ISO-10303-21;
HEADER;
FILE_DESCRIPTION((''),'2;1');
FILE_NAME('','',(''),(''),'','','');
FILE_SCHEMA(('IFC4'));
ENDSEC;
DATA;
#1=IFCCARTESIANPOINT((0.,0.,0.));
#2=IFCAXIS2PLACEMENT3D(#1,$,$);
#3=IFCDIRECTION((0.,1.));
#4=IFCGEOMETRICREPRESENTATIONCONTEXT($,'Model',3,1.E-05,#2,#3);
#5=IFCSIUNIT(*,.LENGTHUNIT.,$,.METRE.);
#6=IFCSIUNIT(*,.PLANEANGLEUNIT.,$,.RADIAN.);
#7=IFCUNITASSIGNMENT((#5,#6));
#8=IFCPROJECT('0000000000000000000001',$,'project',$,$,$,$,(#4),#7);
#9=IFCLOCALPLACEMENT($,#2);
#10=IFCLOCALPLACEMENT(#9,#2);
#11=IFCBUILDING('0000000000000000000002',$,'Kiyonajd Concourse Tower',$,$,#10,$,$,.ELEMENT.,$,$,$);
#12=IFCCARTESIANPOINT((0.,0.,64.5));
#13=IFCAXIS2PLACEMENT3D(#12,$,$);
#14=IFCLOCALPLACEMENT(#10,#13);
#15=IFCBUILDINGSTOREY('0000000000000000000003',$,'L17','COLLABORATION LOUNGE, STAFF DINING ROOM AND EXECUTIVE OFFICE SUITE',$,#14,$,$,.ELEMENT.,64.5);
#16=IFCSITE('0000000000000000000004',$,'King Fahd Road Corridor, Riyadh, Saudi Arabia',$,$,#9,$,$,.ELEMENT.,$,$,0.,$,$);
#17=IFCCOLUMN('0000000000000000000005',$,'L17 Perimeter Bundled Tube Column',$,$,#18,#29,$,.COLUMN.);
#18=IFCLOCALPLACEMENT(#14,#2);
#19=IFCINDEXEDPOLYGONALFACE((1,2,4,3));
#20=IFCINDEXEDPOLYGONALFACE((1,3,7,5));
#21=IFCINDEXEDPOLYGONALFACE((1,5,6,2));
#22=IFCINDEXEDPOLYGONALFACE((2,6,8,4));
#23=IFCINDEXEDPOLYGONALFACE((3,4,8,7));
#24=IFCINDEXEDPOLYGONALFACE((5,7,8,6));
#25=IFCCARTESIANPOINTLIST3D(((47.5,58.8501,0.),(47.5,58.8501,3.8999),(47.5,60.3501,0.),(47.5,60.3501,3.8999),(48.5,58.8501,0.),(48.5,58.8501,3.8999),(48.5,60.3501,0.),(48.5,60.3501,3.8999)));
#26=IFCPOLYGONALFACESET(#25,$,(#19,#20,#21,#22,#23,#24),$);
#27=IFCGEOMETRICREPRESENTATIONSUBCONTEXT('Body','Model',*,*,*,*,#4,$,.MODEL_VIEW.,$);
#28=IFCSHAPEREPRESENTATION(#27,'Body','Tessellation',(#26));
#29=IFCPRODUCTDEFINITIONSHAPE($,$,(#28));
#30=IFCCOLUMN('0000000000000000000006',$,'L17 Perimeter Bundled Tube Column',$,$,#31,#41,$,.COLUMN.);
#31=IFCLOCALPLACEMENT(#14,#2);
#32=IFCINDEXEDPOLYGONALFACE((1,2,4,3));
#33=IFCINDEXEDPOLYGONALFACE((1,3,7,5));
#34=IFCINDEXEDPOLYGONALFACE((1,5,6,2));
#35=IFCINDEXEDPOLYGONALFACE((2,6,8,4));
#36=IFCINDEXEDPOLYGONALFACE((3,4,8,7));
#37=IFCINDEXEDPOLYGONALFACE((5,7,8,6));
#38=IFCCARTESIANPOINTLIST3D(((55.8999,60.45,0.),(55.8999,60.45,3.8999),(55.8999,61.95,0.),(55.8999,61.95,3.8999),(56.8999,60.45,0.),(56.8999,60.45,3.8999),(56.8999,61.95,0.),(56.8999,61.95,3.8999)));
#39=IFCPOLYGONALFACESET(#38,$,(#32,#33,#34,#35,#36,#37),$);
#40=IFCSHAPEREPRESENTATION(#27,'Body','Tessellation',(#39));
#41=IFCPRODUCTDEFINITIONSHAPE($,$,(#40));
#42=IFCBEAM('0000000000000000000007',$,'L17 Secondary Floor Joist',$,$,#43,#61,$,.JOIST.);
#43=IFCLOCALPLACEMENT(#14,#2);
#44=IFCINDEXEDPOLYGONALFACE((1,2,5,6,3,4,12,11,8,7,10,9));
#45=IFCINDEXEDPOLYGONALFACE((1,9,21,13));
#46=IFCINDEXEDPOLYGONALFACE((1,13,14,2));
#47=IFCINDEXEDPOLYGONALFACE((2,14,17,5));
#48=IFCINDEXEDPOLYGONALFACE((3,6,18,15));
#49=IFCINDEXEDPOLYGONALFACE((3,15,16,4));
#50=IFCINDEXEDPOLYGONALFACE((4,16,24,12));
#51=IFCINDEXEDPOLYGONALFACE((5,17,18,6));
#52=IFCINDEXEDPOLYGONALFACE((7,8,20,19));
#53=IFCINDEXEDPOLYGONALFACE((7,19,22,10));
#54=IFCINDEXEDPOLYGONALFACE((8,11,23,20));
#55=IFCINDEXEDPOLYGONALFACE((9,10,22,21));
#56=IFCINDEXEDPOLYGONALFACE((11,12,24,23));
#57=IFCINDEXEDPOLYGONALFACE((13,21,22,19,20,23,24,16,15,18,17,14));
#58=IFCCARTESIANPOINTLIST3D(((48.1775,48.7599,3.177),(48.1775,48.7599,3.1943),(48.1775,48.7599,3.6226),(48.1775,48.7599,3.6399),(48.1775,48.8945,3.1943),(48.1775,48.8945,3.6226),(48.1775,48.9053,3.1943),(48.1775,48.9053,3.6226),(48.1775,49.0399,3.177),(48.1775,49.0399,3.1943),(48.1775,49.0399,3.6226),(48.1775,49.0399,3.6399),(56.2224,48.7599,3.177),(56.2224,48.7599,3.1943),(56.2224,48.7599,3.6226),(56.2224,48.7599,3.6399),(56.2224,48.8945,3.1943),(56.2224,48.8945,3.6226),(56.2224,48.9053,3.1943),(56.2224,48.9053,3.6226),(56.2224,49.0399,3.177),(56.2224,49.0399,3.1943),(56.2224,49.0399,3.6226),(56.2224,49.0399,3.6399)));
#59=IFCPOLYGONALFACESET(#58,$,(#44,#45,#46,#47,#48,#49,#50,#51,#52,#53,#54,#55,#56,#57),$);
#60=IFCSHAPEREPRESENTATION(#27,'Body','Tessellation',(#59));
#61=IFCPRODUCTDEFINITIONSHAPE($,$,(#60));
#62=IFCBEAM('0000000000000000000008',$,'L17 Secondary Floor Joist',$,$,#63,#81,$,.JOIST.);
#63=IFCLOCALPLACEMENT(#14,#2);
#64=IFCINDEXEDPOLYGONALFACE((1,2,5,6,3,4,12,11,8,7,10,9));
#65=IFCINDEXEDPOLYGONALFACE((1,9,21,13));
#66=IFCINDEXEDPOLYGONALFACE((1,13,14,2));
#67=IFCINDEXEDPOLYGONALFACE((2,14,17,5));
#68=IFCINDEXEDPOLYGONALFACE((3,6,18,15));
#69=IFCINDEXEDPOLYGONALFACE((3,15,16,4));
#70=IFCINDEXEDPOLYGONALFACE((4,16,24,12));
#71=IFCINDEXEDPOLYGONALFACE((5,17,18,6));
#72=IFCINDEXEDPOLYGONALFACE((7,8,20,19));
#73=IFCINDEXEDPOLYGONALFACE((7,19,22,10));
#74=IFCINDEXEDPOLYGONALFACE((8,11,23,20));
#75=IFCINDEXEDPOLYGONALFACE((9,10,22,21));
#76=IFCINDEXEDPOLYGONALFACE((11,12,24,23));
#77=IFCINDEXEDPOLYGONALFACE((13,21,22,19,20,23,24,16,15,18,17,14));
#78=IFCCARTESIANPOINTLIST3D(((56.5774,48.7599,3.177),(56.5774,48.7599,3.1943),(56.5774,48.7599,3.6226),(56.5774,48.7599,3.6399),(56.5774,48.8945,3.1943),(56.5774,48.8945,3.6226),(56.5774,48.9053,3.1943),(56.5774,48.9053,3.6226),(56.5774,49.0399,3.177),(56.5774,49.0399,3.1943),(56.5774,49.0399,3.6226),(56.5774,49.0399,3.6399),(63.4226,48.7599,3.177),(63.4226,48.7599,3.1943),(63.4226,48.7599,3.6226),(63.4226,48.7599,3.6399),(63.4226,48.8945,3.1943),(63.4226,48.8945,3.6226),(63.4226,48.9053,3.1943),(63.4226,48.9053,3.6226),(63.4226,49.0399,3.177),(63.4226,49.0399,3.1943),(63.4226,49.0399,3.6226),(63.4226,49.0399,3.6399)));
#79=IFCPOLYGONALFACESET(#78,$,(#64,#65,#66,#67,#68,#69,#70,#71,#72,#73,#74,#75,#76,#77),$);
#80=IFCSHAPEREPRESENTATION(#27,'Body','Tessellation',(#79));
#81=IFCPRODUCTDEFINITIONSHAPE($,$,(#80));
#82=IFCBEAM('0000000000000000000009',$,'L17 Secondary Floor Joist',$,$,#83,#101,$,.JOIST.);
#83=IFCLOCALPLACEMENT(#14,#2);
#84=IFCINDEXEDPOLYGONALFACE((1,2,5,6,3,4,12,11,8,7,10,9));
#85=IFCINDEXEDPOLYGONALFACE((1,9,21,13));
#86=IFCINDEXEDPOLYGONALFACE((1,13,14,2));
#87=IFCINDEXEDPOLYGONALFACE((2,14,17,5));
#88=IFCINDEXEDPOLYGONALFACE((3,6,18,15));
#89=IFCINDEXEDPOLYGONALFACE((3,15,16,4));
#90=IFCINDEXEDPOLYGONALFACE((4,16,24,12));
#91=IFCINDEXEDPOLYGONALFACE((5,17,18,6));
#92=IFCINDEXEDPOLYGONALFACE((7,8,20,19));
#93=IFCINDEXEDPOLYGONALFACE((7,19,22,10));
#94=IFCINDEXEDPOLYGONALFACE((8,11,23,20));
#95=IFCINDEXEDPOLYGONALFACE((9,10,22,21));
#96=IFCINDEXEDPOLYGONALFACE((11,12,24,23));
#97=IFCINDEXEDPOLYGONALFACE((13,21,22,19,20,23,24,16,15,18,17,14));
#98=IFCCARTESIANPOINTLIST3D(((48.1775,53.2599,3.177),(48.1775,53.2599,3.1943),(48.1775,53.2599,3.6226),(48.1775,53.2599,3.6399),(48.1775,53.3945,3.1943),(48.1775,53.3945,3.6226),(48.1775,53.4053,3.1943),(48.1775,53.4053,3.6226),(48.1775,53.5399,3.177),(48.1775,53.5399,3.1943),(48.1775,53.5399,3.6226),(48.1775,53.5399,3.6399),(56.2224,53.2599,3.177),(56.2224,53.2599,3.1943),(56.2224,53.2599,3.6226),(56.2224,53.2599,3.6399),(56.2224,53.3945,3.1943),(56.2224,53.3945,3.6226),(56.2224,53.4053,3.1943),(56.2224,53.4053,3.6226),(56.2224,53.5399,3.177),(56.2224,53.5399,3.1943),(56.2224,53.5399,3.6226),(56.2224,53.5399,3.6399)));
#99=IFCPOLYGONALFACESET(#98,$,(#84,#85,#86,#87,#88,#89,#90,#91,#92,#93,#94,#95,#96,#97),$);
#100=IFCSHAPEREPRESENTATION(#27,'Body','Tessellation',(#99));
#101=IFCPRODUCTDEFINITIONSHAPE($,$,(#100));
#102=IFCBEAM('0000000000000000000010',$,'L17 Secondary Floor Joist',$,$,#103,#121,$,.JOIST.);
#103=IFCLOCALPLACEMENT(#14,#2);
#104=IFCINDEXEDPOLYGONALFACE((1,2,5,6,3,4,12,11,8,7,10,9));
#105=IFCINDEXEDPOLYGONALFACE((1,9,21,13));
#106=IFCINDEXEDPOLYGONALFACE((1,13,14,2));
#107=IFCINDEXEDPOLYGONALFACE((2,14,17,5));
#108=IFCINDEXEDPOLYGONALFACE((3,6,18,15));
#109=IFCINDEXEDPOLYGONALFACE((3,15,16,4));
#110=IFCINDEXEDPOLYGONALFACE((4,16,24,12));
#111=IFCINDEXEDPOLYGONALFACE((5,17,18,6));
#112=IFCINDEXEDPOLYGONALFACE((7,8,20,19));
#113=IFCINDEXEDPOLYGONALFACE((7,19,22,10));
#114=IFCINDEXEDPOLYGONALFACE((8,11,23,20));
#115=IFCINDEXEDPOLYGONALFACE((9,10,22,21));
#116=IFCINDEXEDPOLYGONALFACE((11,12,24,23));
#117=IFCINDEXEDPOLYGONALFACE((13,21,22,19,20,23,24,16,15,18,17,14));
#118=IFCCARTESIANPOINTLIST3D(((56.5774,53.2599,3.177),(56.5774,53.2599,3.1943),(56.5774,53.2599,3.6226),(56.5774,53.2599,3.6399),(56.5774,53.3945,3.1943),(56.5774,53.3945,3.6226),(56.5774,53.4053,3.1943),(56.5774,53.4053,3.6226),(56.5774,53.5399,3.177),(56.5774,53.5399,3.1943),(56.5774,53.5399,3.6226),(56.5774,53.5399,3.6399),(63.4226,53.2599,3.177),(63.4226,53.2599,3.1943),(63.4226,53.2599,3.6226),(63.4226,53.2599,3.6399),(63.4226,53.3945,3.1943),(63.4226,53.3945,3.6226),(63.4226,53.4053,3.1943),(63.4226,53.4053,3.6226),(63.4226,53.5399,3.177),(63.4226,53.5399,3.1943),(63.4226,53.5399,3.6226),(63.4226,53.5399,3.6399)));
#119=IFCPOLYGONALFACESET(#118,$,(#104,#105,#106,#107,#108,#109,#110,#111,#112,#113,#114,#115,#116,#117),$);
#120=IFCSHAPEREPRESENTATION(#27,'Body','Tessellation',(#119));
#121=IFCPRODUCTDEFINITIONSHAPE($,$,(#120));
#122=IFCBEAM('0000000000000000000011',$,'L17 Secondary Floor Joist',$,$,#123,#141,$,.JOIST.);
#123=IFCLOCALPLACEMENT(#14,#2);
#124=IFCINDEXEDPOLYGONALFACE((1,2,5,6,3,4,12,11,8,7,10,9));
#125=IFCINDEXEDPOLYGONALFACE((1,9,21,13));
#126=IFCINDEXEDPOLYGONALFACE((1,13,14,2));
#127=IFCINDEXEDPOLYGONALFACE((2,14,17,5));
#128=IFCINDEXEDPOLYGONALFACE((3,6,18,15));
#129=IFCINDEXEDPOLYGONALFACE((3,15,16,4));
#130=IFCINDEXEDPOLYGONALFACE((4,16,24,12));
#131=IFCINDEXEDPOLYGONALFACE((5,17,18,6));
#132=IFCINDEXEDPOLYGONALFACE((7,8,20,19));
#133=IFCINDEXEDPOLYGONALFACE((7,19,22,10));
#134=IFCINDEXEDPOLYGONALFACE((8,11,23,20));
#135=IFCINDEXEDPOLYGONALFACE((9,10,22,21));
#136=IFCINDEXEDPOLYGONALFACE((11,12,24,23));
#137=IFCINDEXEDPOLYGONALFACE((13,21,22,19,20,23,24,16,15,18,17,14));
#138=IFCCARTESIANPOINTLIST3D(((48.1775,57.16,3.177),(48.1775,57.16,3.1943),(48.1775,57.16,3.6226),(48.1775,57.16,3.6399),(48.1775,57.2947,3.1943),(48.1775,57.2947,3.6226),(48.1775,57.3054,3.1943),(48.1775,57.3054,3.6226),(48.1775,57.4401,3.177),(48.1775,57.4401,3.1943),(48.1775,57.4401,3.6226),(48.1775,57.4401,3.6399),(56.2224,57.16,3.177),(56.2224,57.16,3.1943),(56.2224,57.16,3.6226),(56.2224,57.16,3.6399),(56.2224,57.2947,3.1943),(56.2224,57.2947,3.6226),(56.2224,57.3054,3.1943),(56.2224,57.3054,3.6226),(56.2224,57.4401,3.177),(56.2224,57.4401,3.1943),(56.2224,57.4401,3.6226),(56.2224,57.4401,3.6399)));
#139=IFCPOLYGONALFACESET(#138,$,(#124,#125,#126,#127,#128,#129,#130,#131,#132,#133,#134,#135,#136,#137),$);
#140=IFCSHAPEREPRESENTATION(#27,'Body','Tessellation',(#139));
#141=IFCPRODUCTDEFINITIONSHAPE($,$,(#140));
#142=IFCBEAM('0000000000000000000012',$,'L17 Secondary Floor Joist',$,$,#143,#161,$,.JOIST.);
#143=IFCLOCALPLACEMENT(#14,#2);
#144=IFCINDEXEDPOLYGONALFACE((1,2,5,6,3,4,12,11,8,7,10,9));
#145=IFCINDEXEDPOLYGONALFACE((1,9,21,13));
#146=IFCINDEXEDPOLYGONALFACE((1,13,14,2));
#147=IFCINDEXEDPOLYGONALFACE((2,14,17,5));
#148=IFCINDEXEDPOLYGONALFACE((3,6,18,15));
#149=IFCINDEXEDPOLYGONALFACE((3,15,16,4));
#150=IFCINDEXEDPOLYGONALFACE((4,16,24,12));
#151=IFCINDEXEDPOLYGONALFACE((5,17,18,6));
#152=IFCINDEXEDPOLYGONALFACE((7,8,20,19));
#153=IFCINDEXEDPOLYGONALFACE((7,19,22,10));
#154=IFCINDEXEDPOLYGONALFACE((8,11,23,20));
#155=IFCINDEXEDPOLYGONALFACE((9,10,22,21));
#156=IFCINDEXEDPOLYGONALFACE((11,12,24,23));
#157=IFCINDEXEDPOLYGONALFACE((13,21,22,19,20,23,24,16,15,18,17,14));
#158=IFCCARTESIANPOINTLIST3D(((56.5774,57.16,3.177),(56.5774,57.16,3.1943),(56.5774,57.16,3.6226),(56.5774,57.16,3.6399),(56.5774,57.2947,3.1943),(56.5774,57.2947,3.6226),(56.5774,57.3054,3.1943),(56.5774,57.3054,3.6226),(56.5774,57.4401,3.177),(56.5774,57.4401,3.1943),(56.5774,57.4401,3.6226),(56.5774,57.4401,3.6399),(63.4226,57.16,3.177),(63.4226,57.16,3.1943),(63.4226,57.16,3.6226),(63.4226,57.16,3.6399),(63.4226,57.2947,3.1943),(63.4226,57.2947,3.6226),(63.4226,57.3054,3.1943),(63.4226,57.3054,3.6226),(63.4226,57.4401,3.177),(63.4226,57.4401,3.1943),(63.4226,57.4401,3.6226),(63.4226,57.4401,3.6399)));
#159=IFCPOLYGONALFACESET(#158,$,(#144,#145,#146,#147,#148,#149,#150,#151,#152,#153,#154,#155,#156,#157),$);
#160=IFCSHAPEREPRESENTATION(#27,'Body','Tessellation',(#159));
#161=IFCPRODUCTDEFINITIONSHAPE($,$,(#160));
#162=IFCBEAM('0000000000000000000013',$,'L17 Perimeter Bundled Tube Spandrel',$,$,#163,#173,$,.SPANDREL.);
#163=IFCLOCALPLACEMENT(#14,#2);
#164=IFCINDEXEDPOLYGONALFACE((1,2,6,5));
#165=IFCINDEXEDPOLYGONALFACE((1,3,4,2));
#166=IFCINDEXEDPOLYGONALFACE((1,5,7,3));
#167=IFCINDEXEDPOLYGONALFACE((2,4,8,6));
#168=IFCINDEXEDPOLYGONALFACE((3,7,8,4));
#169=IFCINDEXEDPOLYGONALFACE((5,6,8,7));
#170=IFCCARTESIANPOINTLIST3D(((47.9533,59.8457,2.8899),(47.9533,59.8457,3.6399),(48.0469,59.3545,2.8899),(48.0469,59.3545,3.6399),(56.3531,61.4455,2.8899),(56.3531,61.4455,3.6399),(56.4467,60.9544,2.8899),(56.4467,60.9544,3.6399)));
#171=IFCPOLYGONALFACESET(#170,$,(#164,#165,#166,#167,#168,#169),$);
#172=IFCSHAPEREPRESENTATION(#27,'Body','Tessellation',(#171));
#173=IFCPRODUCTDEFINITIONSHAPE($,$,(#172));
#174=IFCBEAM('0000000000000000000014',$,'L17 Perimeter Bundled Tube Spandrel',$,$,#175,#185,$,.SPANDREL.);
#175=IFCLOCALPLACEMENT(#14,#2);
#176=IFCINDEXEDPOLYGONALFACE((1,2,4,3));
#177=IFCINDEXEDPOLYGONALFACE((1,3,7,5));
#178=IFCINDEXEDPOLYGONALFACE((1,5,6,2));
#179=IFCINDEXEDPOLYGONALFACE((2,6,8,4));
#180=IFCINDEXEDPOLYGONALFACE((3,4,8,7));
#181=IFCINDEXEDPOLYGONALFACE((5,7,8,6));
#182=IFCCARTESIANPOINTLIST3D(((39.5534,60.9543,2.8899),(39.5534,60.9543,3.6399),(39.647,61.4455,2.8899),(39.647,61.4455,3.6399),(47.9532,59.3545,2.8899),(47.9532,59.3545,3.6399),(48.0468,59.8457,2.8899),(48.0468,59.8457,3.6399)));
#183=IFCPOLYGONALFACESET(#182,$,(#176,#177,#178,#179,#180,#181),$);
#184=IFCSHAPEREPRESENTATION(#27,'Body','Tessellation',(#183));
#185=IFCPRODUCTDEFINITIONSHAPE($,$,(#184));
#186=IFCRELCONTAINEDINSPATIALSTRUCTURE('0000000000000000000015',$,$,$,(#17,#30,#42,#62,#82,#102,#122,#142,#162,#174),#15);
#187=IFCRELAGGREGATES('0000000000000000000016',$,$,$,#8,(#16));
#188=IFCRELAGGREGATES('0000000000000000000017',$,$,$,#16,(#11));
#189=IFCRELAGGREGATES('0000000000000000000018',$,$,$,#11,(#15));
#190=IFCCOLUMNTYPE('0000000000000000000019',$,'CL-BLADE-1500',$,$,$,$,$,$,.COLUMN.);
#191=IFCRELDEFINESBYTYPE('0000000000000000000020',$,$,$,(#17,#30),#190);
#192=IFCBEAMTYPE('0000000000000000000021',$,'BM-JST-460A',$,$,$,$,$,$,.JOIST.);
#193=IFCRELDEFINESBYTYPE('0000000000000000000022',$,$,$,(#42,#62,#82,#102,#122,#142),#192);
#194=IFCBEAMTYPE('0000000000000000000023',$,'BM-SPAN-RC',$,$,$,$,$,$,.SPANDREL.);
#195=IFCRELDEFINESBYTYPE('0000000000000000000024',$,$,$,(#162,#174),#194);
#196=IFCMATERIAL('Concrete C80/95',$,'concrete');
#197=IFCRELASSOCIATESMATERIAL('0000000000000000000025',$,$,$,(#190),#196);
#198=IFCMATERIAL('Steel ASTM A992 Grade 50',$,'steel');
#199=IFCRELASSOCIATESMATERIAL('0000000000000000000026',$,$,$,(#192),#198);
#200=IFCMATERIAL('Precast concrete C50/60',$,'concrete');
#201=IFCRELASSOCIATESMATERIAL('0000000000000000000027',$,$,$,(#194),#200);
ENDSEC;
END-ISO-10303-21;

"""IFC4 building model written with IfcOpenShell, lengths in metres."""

from ifc_helpers import new_model, si_unit, direction, frame, origin, origin_2d, place, context, subcontext, project, spatial, rectangle, i_section, extrude, material, material_profile, profile_set, type_object, element, save


model = new_model("IFC4")

# Units and contexts
model_context = context("Model", 3, precision=1e-05, world=origin(), true_north=direction((0.0, 1.0)))
body_context = subcontext(model_context, "Body", "Model", "MODEL_VIEW")
ifc_project = project(units=[si_unit("LENGTHUNIT", "METRE"), si_unit("PLANEANGLEUNIT", "RADIAN")], contexts=[model_context])

# Site, building, storey
site_placement = place(None, origin())
site = spatial("IfcSite", under=ifc_project, at=site_placement, Name="King Fahd Road Corridor, Riyadh, Saudi Arabia", CompositionType="ELEMENT", RefElevation=0.0)
building_placement = place(site_placement, origin())
building = spatial("IfcBuilding", under=site, at=building_placement, Name="Kiyonajd Concourse Tower", CompositionType="ELEMENT")
storey_placement = place(building_placement, frame((0.0, 0.0, 64.5)))
storey = spatial("IfcBuildingStorey", under=building, at=storey_placement, Name="L17", Description="COLLABORATION LOUNGE, STAFF DINING ROOM AND EXECUTIVE OFFICE SUITE", CompositionType="ELEMENT", Elevation=64.5)

# Columns
ifc_material_1 = material(Name="Concrete C80/95", Category="concrete")
ifc_material_profile_1 = material_profile(ifc_material_1, rectangle(XDim=1.0, YDim=1.5, at=origin_2d()), Name="RC-1500x1000")
ifc_profile_set_1 = profile_set([ifc_material_profile_1], Name="Concrete C80/95")
column_type = type_object("IfcColumnType", Name="CL-BLADE-1500", PredefinedType="COLUMN", material=ifc_profile_set_1)
for number, where, z_axis, x_axis, name in (
    (1, (48.0, 59.6001, 0.0), (0.0, 0.0, 1.0), (1.0, 0.0, 0.0), "L17 Perimeter Bundled Tube Column"),
    (2, (56.3999, 61.2, 0.0), (0.0, 0.0, 1.0), (1.0, 0.0, 0.0), "L17 Perimeter Bundled Tube Column"),
):
    element("IfcColumn", number, at=place(storey_placement, frame(where, z_axis=z_axis, x_axis=x_axis)), inside=storey, type_object=column_type, Name=name, PredefinedType="COLUMN", context=body_context, shape_type="SweptSolid", body=[
        extrude(rectangle(XDim=1.0, YDim=1.5, at=origin_2d()), origin(), (0.0, 0.0, 1.0), 3.8999),
    ])

# Beams
ifc_material_2 = material(Name="Steel ASTM A992 Grade 50", Category="steel")
ifc_material_profile_2 = material_profile(ifc_material_2, i_section(OverallWidth=0.28, OverallDepth=0.4629, WebThickness=0.0107, FlangeThickness=0.0173, at=origin_2d()), Name="W460X113")
ifc_profile_set_2 = profile_set([ifc_material_profile_2], Name="Steel ASTM A992 Grade 50")
beam_type_1 = type_object("IfcBeamType", Name="BM-JST-460A", PredefinedType="JOIST", material=ifc_profile_set_2)
beam_1_placement = place(storey_placement, frame((48.1775, 48.8999, 3.4084), z_axis=(1.0, 0.0, 0.0), x_axis=(0.0, 1.0, 0.0)))
element("IfcBeam", 3, at=beam_1_placement, inside=storey, type_object=beam_type_1, Name="L17 Secondary Floor Joist", PredefinedType="JOIST", context=body_context, shape_type="SweptSolid", body=[
    extrude(i_section(OverallWidth=0.28, OverallDepth=0.4629, WebThickness=0.0107, FlangeThickness=0.0173, at=origin_2d()), origin(), (0.0, 0.0, 1.0), 8.0449),
])
beam_2_placement = place(storey_placement, frame((56.5774, 48.8999, 3.4084), z_axis=(1.0, 0.0, 0.0), x_axis=(0.0, 1.0, 0.0)))
element("IfcBeam", 4, at=beam_2_placement, inside=storey, type_object=beam_type_1, Name="L17 Secondary Floor Joist", PredefinedType="JOIST", context=body_context, shape_type="SweptSolid", body=[
    extrude(i_section(OverallWidth=0.28, OverallDepth=0.4629, WebThickness=0.0107, FlangeThickness=0.0173, at=origin_2d()), origin(), (0.0, 0.0, 1.0), 6.8452),
])
beam_3_placement = place(storey_placement, frame((48.1775, 53.3999, 3.4084), z_axis=(1.0, 0.0, 0.0), x_axis=(0.0, 1.0, 0.0)))
element("IfcBeam", 5, at=beam_3_placement, inside=storey, type_object=beam_type_1, Name="L17 Secondary Floor Joist", PredefinedType="JOIST", context=body_context, shape_type="SweptSolid", body=[
    extrude(i_section(OverallWidth=0.28, OverallDepth=0.4629, WebThickness=0.0107, FlangeThickness=0.0173, at=origin_2d()), origin(), (0.0, 0.0, 1.0), 8.0449),
])
beam_4_placement = place(storey_placement, frame((56.5774, 53.3999, 3.4084), z_axis=(1.0, 0.0, 0.0), x_axis=(0.0, 1.0, 0.0)))
element("IfcBeam", 6, at=beam_4_placement, inside=storey, type_object=beam_type_1, Name="L17 Secondary Floor Joist", PredefinedType="JOIST", context=body_context, shape_type="SweptSolid", body=[
    extrude(i_section(OverallWidth=0.28, OverallDepth=0.4629, WebThickness=0.0107, FlangeThickness=0.0173, at=origin_2d()), origin(), (0.0, 0.0, 1.0), 6.8452),
])
beam_5_placement = place(storey_placement, frame((48.1775, 57.3, 3.4084), z_axis=(1.0, 0.0, 0.0), x_axis=(0.0, 1.0, 0.0)))
element("IfcBeam", 7, at=beam_5_placement, inside=storey, type_object=beam_type_1, Name="L17 Secondary Floor Joist", PredefinedType="JOIST", context=body_context, shape_type="SweptSolid", body=[
    extrude(i_section(OverallWidth=0.28, OverallDepth=0.4629, WebThickness=0.0107, FlangeThickness=0.0173, at=origin_2d()), origin(), (0.0, 0.0, 1.0), 8.0449),
])
beam_6_placement = place(storey_placement, frame((56.5774, 57.3, 3.4084), z_axis=(1.0, 0.0, 0.0), x_axis=(0.0, 1.0, 0.0)))
element("IfcBeam", 8, at=beam_6_placement, inside=storey, type_object=beam_type_1, Name="L17 Secondary Floor Joist", PredefinedType="JOIST", context=body_context, shape_type="SweptSolid", body=[
    extrude(i_section(OverallWidth=0.28, OverallDepth=0.4629, WebThickness=0.0107, FlangeThickness=0.0173, at=origin_2d()), origin(), (0.0, 0.0, 1.0), 6.8452),
])
ifc_material_3 = material(Name="Precast concrete C50/60", Category="concrete")
ifc_material_profile_3 = material_profile(ifc_material_3, rectangle(XDim=0.5, YDim=0.75, at=origin_2d()), Name="RCBM-500x750")
ifc_profile_set_3 = profile_set([ifc_material_profile_3], Name="Precast concrete C50/60")
beam_type_2 = type_object("IfcBeamType", Name="BM-SPAN-RC", PredefinedType="SPANDREL", material=ifc_profile_set_3)
for number, where, z_axis, x_axis, name in (
    (9, (56.3999, 61.2, 3.2649), (-0.982341, -0.187098, 0.0), (0.187098, -0.982341, 0.0), "L17 Perimeter Bundled Tube Spandrel"),
    (10, (48.0, 59.6001, 3.2649), (-0.982341, 0.187098, 0.0), (-0.187098, -0.982341, 0.0), "L17 Perimeter Bundled Tube Spandrel"),
):
    element("IfcBeam", number, at=place(storey_placement, frame(where, z_axis=z_axis, x_axis=x_axis)), inside=storey, type_object=beam_type_2, Name=name, PredefinedType="SPANDREL", context=body_context, shape_type="SweptSolid", body=[
        extrude(rectangle(XDim=0.5, YDim=0.75, at=origin_2d()), origin(), (0.0, 0.0, 1.0), 8.5508),
    ])

save(model, "model.ifc")
